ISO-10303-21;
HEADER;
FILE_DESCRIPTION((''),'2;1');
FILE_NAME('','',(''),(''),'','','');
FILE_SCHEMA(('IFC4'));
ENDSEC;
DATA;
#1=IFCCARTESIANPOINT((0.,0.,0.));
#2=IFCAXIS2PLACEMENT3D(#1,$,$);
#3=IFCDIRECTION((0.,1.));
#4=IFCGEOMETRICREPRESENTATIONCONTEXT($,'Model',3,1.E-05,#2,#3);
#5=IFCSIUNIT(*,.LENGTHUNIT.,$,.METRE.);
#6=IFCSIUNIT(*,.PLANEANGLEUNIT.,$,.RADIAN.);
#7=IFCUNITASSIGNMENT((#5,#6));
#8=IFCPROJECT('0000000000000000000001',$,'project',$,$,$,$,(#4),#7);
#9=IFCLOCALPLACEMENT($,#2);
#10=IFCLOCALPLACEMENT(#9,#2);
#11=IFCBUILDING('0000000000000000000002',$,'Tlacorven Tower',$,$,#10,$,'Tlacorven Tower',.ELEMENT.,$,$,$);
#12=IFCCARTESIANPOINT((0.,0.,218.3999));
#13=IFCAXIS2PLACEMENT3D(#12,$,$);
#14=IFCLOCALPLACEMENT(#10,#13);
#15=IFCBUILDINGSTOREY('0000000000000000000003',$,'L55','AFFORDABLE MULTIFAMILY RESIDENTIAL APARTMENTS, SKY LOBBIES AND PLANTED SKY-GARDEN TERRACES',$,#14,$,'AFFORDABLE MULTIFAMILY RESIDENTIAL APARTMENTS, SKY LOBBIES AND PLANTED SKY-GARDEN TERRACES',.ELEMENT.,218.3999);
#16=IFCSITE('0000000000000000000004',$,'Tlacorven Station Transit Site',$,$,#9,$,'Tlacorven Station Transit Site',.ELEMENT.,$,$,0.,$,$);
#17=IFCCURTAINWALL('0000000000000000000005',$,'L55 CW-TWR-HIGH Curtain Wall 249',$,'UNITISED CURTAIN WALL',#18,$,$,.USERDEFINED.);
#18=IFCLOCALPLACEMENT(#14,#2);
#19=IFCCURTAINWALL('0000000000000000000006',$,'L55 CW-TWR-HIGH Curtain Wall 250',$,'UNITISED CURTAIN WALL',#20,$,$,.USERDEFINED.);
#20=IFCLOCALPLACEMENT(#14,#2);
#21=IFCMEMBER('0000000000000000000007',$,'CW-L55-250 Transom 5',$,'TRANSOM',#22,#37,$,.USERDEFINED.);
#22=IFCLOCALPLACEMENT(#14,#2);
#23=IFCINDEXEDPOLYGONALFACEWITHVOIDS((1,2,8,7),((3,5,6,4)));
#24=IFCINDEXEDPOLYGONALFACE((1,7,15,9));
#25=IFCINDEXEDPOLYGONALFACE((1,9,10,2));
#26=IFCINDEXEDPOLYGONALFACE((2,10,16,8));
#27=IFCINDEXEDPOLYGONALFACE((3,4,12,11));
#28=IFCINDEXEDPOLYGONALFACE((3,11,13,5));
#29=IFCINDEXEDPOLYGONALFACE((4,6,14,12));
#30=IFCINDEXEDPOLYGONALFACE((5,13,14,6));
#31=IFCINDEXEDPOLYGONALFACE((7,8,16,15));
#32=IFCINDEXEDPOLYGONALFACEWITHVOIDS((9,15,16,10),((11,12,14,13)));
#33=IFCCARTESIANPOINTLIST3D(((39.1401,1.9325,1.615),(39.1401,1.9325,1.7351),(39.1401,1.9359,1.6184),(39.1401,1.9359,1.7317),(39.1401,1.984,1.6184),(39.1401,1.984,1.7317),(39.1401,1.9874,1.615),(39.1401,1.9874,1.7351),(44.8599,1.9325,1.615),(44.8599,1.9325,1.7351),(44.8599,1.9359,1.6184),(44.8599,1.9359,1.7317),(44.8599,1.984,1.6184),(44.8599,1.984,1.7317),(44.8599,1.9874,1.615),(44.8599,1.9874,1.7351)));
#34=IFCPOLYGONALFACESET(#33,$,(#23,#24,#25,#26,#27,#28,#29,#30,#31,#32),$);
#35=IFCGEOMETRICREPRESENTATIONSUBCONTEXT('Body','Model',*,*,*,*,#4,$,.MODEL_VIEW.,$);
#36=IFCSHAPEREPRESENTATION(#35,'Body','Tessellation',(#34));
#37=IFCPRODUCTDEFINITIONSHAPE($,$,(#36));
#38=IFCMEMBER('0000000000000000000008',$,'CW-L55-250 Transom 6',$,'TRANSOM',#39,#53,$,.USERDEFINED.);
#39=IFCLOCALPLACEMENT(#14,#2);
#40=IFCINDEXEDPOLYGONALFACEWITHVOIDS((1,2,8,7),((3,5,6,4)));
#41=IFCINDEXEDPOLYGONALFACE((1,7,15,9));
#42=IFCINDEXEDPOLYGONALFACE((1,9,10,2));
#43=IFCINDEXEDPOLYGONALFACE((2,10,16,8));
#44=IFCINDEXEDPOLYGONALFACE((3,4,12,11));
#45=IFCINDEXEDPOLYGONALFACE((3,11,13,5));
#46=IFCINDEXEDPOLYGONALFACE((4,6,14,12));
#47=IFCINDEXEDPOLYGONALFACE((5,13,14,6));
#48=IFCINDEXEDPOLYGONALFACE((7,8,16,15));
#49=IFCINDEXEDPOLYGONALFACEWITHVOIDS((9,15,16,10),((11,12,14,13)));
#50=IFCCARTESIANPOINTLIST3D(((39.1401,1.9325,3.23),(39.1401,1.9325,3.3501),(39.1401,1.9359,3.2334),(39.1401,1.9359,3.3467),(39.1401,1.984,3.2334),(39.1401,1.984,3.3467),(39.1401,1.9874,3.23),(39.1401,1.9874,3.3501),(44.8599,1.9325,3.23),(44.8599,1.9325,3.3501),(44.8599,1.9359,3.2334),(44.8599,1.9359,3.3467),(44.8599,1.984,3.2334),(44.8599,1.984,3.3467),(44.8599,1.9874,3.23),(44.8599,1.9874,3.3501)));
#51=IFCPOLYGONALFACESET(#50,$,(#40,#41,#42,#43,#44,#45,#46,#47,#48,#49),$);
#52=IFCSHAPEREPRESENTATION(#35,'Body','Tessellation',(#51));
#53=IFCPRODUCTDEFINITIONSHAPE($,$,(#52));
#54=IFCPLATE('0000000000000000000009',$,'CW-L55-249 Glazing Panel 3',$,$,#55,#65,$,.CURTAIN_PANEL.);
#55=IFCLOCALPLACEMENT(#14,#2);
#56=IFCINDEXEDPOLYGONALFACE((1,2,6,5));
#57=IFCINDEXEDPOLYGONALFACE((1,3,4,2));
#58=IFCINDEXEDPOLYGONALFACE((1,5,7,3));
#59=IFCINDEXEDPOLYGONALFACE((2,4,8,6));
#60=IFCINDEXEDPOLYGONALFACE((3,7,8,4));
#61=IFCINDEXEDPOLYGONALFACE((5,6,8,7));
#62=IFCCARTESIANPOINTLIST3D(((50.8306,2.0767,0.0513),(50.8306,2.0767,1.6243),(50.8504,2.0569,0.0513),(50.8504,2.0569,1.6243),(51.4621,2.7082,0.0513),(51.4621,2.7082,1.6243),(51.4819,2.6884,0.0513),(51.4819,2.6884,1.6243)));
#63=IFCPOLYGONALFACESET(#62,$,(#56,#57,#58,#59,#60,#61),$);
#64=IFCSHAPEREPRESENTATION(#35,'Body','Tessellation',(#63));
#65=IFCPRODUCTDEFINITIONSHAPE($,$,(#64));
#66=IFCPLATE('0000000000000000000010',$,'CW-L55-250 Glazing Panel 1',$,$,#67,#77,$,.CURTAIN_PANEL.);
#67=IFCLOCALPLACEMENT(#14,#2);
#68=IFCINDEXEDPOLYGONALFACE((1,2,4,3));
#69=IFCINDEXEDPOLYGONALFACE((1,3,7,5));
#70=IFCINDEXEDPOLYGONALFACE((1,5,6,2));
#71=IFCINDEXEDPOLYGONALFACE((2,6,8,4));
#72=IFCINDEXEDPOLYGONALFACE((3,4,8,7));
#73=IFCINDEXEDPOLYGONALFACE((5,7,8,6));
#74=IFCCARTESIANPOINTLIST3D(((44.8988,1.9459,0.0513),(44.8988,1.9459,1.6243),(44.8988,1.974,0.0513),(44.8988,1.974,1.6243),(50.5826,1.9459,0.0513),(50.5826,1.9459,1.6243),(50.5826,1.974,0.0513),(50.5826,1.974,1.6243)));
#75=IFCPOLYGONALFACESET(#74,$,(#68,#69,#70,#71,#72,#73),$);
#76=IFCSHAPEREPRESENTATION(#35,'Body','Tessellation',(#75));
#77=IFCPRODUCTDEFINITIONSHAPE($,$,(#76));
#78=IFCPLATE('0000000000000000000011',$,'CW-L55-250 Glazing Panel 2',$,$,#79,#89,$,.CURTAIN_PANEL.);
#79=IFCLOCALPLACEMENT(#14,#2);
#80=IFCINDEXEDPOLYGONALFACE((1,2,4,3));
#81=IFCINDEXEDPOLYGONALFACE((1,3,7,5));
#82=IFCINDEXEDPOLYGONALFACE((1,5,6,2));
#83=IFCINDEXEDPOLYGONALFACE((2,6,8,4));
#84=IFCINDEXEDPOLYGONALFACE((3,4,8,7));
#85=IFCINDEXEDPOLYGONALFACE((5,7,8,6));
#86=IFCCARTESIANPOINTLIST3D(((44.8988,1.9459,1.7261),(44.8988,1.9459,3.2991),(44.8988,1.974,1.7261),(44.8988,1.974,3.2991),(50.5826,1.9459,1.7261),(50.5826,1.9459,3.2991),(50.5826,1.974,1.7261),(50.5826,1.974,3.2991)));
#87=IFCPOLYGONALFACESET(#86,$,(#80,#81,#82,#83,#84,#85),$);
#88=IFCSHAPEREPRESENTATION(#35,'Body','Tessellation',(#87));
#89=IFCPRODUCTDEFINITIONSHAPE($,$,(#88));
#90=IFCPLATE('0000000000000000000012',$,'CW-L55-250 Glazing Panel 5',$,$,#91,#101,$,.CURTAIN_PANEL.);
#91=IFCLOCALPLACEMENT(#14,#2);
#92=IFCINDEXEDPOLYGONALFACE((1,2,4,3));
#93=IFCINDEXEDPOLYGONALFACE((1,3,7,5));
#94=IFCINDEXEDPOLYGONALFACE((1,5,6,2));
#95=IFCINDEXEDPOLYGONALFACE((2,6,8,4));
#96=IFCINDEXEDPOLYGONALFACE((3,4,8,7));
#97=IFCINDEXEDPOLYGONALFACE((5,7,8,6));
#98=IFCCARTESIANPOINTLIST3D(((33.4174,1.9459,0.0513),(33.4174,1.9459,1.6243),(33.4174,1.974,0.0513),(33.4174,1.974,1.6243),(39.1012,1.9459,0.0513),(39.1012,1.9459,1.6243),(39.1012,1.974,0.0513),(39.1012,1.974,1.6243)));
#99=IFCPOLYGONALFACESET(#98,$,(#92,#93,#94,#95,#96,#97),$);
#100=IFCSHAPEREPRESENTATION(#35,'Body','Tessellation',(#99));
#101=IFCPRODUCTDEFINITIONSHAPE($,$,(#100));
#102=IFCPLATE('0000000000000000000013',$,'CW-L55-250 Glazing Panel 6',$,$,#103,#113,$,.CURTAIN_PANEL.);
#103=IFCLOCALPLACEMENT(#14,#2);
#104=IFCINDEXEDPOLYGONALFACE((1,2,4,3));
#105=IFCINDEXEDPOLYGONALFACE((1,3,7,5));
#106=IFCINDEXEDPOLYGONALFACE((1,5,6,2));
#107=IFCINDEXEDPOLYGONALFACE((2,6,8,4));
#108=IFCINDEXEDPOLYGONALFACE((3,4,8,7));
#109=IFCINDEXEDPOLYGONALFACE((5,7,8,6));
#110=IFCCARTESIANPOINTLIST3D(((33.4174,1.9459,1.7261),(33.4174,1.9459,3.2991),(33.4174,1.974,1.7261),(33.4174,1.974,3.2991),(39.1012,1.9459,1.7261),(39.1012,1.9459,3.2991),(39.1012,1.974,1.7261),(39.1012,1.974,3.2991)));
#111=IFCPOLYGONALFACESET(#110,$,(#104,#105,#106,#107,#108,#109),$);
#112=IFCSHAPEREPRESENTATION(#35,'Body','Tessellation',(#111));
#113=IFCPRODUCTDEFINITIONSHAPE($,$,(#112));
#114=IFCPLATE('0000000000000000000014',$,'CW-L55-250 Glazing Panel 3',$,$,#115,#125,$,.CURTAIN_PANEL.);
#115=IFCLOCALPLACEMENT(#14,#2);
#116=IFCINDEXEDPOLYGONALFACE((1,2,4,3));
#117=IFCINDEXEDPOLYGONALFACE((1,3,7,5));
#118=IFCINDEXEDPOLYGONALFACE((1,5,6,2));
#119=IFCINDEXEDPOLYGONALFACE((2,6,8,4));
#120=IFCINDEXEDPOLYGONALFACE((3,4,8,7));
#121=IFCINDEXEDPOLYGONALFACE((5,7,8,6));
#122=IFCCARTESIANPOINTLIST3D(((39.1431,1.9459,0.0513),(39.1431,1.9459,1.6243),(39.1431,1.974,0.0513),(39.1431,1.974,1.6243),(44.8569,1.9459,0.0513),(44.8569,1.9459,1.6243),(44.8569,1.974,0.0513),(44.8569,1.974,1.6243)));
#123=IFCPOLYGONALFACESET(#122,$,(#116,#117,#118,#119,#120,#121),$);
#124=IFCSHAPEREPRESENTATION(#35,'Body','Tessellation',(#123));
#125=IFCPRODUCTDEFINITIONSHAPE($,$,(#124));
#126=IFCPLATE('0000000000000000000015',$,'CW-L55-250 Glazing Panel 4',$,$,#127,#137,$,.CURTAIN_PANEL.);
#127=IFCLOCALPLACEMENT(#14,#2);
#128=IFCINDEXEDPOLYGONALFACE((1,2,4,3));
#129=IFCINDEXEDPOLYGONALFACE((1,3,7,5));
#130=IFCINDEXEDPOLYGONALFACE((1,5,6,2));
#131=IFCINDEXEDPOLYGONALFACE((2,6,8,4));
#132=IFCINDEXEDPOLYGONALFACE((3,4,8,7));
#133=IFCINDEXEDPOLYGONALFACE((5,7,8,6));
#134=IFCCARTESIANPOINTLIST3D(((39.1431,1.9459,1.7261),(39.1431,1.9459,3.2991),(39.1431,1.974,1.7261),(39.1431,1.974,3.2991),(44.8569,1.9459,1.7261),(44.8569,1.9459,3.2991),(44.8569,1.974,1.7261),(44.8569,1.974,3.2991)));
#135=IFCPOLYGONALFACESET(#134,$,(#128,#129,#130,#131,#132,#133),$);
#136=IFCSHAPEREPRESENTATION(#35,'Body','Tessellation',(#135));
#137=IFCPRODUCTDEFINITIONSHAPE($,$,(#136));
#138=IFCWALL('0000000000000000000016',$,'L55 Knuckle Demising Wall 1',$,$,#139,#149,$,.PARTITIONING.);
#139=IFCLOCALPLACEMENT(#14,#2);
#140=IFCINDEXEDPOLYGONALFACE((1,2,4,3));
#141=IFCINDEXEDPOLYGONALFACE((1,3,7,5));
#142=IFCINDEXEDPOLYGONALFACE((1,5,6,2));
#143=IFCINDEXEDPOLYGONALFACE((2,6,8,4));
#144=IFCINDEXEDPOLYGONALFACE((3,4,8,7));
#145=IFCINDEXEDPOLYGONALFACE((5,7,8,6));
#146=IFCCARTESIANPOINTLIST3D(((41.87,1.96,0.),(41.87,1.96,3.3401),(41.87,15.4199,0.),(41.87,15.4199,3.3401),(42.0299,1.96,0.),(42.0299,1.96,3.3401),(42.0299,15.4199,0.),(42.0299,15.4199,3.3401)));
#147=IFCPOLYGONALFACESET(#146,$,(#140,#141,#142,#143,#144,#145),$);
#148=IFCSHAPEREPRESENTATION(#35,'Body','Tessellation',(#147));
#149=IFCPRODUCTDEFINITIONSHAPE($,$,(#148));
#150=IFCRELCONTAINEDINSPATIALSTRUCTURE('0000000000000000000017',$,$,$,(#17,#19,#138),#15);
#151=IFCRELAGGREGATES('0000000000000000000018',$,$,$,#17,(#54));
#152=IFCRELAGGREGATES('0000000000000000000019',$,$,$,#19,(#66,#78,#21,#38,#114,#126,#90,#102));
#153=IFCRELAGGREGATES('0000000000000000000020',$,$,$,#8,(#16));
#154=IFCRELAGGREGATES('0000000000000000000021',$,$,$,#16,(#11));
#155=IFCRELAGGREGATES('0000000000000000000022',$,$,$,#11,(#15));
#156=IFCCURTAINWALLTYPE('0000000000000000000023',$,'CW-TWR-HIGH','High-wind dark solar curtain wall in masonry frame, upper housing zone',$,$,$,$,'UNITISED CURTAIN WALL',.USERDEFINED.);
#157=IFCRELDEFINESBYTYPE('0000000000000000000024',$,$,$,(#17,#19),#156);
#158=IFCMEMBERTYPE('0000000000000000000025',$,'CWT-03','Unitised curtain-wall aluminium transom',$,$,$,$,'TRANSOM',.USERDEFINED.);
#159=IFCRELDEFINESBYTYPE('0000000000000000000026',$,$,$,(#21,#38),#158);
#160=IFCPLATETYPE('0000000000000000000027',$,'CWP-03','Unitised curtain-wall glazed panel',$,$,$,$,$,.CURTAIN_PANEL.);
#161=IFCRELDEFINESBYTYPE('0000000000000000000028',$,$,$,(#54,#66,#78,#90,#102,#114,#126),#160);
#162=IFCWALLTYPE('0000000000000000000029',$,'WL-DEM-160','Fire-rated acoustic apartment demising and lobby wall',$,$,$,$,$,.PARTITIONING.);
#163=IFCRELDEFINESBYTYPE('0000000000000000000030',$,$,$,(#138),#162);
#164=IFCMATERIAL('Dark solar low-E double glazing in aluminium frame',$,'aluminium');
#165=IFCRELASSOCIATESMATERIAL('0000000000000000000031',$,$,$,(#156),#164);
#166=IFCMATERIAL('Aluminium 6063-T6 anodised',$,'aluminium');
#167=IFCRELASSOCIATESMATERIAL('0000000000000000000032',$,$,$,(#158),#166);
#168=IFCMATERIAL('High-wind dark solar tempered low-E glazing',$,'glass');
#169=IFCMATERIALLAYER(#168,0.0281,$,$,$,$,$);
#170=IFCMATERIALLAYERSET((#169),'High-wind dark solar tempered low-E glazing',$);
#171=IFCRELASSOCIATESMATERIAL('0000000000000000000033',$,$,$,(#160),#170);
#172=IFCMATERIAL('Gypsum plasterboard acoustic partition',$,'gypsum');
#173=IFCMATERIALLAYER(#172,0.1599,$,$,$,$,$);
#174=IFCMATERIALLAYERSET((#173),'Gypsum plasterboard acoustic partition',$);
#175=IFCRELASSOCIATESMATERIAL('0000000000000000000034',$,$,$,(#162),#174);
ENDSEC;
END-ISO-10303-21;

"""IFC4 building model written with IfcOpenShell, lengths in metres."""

from ifc_helpers import new_model, si_unit, direction, frame, frame_2d, origin, origin_2d, place, context, subcontext, project, spatial, rectangle, hollow_rectangle, extrude, source, transform, mapped, material, layer, layer_set, material_profile, profile_set, type_object, element, aggregate, save


model = new_model("IFC4")

# Units and contexts
model_context = context("Model", 3, precision=1e-05, world=origin(), true_north=direction((0.0, 1.0)))
body_context = subcontext(model_context, "Body", "Model", "MODEL_VIEW")
ifc_project = project(units=[si_unit("LENGTHUNIT", "METRE"), si_unit("PLANEANGLEUNIT", "RADIAN")], contexts=[model_context])

# Site, building, storey
site_placement = place(None, origin())
site = spatial("IfcSite", under=ifc_project, at=site_placement, Name="Tlacorven Station Transit Site", LongName="Tlacorven Station Transit Site", CompositionType="ELEMENT", RefElevation=0.0)
building_placement = place(site_placement, origin())
building = spatial("IfcBuilding", under=site, at=building_placement, Name="Tlacorven Tower", LongName="Tlacorven Tower", CompositionType="ELEMENT")
storey_placement = place(building_placement, frame((0.0, 0.0, 218.3999)))
storey = spatial("IfcBuildingStorey", under=building, at=storey_placement, Name="L55", Description="AFFORDABLE MULTIFAMILY RESIDENTIAL APARTMENTS, SKY LOBBIES AND PLANTED SKY-GARDEN TERRACES", LongName="AFFORDABLE MULTIFAMILY RESIDENTIAL APARTMENTS, SKY LOBBIES AND PLANTED SKY-GARDEN TERRACES", CompositionType="ELEMENT", Elevation=218.3999)

# Curtain wall
ifc_material_1 = material(Name="Dark solar low-E double glazing in aluminium frame", Category="aluminium")
curtain_wall_type = type_object("IfcCurtainWallType", Name="CW-TWR-HIGH", Description="High-wind dark solar curtain wall in masonry frame, upper housing zone", ElementType="UNITISED CURTAIN WALL", PredefinedType="USERDEFINED", material=ifc_material_1)
curtain_wall_1_placement = place(storey_placement, origin())
curtain_wall_1 = element("IfcCurtainWall", 1, at=curtain_wall_1_placement, inside=storey, type_object=curtain_wall_type, Name="L55 CW-TWR-HIGH Curtain Wall 249", ObjectType="UNITISED CURTAIN WALL", PredefinedType="USERDEFINED")
ifc_material_2 = material(Name="Aluminium 6063-T6 anodised", Category="aluminium")

# Curtain wall, members
curtain_wall_2_placement = place(storey_placement, origin())
curtain_wall_2 = element("IfcCurtainWall", 2, at=curtain_wall_2_placement, inside=storey, type_object=curtain_wall_type, Name="L55 CW-TWR-HIGH Curtain Wall 250", ObjectType="UNITISED CURTAIN WALL", PredefinedType="USERDEFINED")
ifc_material_profile_1 = material_profile(ifc_material_2, hollow_rectangle(XDim=0.0549, YDim=0.1201, WallThickness=0.0034, at=origin_2d()), Name="ALU TRANSOM 55X120")
ifc_profile_set_1 = profile_set([ifc_material_profile_1], Name="Aluminium 6063-T6 anodised")
member_type_1 = type_object("IfcMemberType", Name="CWT-03", Description="Unitised curtain-wall aluminium transom", ElementType="TRANSOM", PredefinedType="USERDEFINED", material=ifc_profile_set_1)
shared_shape_1 = source(origin(), body_context, "Body", "SweptSolid", [
    extrude(hollow_rectangle(XDim=0.0549, YDim=0.1201, WallThickness=0.0034, at=origin_2d()), origin(), (0.0, 0.0, 1.0), 5.7197),
])
member_1_placement = place(storey_placement, frame((44.8599, 1.96, 1.675), z_axis=(-1.0, 0.0, 0.0), x_axis=(0.0, -1.0, 0.0)))
member_1 = element("IfcMember", 3, at=member_1_placement, type_object=member_type_1, Name="CW-L55-250 Transom 5", ObjectType="TRANSOM", PredefinedType="USERDEFINED", context=body_context, shape_type="MappedRepresentation", body=[
    mapped(shared_shape_1, transform((0.0, 0.0, 0.0), scale=1.0)),
])
member_2_placement = place(storey_placement, frame((44.8599, 1.96, 3.29), z_axis=(-1.0, 0.0, 0.0), x_axis=(0.0, -1.0, 0.0)))
member_2 = element("IfcMember", 4, at=member_2_placement, type_object=member_type_1, Name="CW-L55-250 Transom 6", ObjectType="TRANSOM", PredefinedType="USERDEFINED", context=body_context, shape_type="MappedRepresentation", body=[
    mapped(shared_shape_1, transform((0.0, 0.0, 0.0), scale=1.0)),
])

# Plates
ifc_material_3 = material(Name="High-wind dark solar tempered low-E glazing", Category="glass")
ifc_layer_1 = layer(ifc_material_3, 0.0281)
ifc_layer_set_1 = layer_set([ifc_layer_1], Name="High-wind dark solar tempered low-E glazing")
plate_type = type_object("IfcPlateType", Name="CWP-03", Description="Unitised curtain-wall glazed panel", PredefinedType="CURTAIN_PANEL", material=ifc_layer_set_1)
shared_shape_2 = source(origin(), body_context, "Body", "SweptSolid", [
    extrude(rectangle(XDim=0.8931, YDim=0.0281, at=origin_2d()), origin(), (0.0, 0.0, 1.0), 1.573),
])
plate_1_placement = place(storey_placement, frame((51.1562, 2.3826, 0.0513), z_axis=(0.0, 0.0, 1.0), x_axis=(-0.707107, -0.707107, 0.0)))
plate_1 = element("IfcPlate", 5, at=plate_1_placement, type_object=plate_type, Name="CW-L55-249 Glazing Panel 3", PredefinedType="CURTAIN_PANEL", context=body_context, shape_type="MappedRepresentation", body=[
    mapped(shared_shape_2, transform((0.0, 0.0, 0.0), scale=1.0)),
])
aggregate(curtain_wall_1, [plate_1])
shared_shape_3 = source(origin(), body_context, "Body", "SweptSolid", [
    extrude(rectangle(XDim=5.6838, YDim=0.0281, at=origin_2d()), origin(), (0.0, 0.0, 1.0), 1.573),
])
plate_2_placement = place(storey_placement, frame((47.7407, 1.96, 0.0513), z_axis=(0.0, 0.0, 1.0), x_axis=(-1.0, 0.0, 0.0)))
plate_2 = element("IfcPlate", 6, at=plate_2_placement, type_object=plate_type, Name="CW-L55-250 Glazing Panel 1", PredefinedType="CURTAIN_PANEL", context=body_context, shape_type="MappedRepresentation", body=[
    mapped(shared_shape_3, transform((0.0, 0.0, 0.0), scale=1.0)),
])
plate_3_placement = place(storey_placement, frame((47.7407, 1.96, 1.7261), z_axis=(0.0, 0.0, 1.0), x_axis=(-1.0, 0.0, 0.0)))
plate_3 = element("IfcPlate", 7, at=plate_3_placement, type_object=plate_type, Name="CW-L55-250 Glazing Panel 2", PredefinedType="CURTAIN_PANEL", context=body_context, shape_type="MappedRepresentation", body=[
    mapped(shared_shape_3, transform((0.0, 0.0, 0.0), scale=1.0)),
])
plate_4_placement = place(storey_placement, frame((36.2593, 1.96, 0.0513), z_axis=(0.0, 0.0, 1.0), x_axis=(-1.0, 0.0, 0.0)))
plate_4 = element("IfcPlate", 8, at=plate_4_placement, type_object=plate_type, Name="CW-L55-250 Glazing Panel 5", PredefinedType="CURTAIN_PANEL", context=body_context, shape_type="MappedRepresentation", body=[
    mapped(shared_shape_3, transform((0.0, 0.0, 0.0), scale=1.0)),
])
plate_5_placement = place(storey_placement, frame((36.2593, 1.96, 1.7261), z_axis=(0.0, 0.0, 1.0), x_axis=(-1.0, 0.0, 0.0)))
plate_5 = element("IfcPlate", 9, at=plate_5_placement, type_object=plate_type, Name="CW-L55-250 Glazing Panel 6", PredefinedType="CURTAIN_PANEL", context=body_context, shape_type="MappedRepresentation", body=[
    mapped(shared_shape_3, transform((0.0, 0.0, 0.0), scale=1.0)),
])
shared_shape_4 = source(origin(), body_context, "Body", "SweptSolid", [
    extrude(rectangle(XDim=5.7139, YDim=0.0281, at=origin_2d()), origin(), (0.0, 0.0, 1.0), 1.573),
])
plate_6_placement = place(storey_placement, frame((42.0, 1.96, 0.0513), z_axis=(0.0, 0.0, 1.0), x_axis=(-1.0, 0.0, 0.0)))
plate_6 = element("IfcPlate", 10, at=plate_6_placement, type_object=plate_type, Name="CW-L55-250 Glazing Panel 3", PredefinedType="CURTAIN_PANEL", context=body_context, shape_type="MappedRepresentation", body=[
    mapped(shared_shape_4, transform((0.0, 0.0, 0.0), scale=1.0)),
])
plate_7_placement = place(storey_placement, frame((42.0, 1.96, 1.7261), z_axis=(0.0, 0.0, 1.0), x_axis=(-1.0, 0.0, 0.0)))
plate_7 = element("IfcPlate", 11, at=plate_7_placement, type_object=plate_type, Name="CW-L55-250 Glazing Panel 4", PredefinedType="CURTAIN_PANEL", context=body_context, shape_type="MappedRepresentation", body=[
    mapped(shared_shape_4, transform((0.0, 0.0, 0.0), scale=1.0)),
])
aggregate(curtain_wall_2, [plate_2, plate_3, member_1, member_2, plate_6, plate_7, plate_4, plate_5])

# Wall
ifc_material_4 = material(Name="Gypsum plasterboard acoustic partition", Category="gypsum")
ifc_layer_2 = layer(ifc_material_4, 0.1599)
ifc_layer_set_2 = layer_set([ifc_layer_2], Name="Gypsum plasterboard acoustic partition")
wall_type_1 = type_object("IfcWallType", Name="WL-DEM-160", Description="Fire-rated acoustic apartment demising and lobby wall", PredefinedType="PARTITIONING", material=ifc_layer_set_2)
wall_1_placement = place(storey_placement, frame((41.95, 1.96, 0.0), z_axis=(0.0, 0.0, 1.0), x_axis=(0.0, 1.0, 0.0)))
element("IfcWall", 12, at=wall_1_placement, inside=storey, type_object=wall_type_1, Name="L55 Knuckle Demising Wall 1", PredefinedType="PARTITIONING", context=body_context, shape_type="SweptSolid", body=[
    extrude(rectangle(XDim=13.46, YDim=0.1599, at=frame_2d((6.73, 0.0))), origin(), (0.0, 0.0, 1.0), 3.3401),
])

save(model, "model.ifc")
